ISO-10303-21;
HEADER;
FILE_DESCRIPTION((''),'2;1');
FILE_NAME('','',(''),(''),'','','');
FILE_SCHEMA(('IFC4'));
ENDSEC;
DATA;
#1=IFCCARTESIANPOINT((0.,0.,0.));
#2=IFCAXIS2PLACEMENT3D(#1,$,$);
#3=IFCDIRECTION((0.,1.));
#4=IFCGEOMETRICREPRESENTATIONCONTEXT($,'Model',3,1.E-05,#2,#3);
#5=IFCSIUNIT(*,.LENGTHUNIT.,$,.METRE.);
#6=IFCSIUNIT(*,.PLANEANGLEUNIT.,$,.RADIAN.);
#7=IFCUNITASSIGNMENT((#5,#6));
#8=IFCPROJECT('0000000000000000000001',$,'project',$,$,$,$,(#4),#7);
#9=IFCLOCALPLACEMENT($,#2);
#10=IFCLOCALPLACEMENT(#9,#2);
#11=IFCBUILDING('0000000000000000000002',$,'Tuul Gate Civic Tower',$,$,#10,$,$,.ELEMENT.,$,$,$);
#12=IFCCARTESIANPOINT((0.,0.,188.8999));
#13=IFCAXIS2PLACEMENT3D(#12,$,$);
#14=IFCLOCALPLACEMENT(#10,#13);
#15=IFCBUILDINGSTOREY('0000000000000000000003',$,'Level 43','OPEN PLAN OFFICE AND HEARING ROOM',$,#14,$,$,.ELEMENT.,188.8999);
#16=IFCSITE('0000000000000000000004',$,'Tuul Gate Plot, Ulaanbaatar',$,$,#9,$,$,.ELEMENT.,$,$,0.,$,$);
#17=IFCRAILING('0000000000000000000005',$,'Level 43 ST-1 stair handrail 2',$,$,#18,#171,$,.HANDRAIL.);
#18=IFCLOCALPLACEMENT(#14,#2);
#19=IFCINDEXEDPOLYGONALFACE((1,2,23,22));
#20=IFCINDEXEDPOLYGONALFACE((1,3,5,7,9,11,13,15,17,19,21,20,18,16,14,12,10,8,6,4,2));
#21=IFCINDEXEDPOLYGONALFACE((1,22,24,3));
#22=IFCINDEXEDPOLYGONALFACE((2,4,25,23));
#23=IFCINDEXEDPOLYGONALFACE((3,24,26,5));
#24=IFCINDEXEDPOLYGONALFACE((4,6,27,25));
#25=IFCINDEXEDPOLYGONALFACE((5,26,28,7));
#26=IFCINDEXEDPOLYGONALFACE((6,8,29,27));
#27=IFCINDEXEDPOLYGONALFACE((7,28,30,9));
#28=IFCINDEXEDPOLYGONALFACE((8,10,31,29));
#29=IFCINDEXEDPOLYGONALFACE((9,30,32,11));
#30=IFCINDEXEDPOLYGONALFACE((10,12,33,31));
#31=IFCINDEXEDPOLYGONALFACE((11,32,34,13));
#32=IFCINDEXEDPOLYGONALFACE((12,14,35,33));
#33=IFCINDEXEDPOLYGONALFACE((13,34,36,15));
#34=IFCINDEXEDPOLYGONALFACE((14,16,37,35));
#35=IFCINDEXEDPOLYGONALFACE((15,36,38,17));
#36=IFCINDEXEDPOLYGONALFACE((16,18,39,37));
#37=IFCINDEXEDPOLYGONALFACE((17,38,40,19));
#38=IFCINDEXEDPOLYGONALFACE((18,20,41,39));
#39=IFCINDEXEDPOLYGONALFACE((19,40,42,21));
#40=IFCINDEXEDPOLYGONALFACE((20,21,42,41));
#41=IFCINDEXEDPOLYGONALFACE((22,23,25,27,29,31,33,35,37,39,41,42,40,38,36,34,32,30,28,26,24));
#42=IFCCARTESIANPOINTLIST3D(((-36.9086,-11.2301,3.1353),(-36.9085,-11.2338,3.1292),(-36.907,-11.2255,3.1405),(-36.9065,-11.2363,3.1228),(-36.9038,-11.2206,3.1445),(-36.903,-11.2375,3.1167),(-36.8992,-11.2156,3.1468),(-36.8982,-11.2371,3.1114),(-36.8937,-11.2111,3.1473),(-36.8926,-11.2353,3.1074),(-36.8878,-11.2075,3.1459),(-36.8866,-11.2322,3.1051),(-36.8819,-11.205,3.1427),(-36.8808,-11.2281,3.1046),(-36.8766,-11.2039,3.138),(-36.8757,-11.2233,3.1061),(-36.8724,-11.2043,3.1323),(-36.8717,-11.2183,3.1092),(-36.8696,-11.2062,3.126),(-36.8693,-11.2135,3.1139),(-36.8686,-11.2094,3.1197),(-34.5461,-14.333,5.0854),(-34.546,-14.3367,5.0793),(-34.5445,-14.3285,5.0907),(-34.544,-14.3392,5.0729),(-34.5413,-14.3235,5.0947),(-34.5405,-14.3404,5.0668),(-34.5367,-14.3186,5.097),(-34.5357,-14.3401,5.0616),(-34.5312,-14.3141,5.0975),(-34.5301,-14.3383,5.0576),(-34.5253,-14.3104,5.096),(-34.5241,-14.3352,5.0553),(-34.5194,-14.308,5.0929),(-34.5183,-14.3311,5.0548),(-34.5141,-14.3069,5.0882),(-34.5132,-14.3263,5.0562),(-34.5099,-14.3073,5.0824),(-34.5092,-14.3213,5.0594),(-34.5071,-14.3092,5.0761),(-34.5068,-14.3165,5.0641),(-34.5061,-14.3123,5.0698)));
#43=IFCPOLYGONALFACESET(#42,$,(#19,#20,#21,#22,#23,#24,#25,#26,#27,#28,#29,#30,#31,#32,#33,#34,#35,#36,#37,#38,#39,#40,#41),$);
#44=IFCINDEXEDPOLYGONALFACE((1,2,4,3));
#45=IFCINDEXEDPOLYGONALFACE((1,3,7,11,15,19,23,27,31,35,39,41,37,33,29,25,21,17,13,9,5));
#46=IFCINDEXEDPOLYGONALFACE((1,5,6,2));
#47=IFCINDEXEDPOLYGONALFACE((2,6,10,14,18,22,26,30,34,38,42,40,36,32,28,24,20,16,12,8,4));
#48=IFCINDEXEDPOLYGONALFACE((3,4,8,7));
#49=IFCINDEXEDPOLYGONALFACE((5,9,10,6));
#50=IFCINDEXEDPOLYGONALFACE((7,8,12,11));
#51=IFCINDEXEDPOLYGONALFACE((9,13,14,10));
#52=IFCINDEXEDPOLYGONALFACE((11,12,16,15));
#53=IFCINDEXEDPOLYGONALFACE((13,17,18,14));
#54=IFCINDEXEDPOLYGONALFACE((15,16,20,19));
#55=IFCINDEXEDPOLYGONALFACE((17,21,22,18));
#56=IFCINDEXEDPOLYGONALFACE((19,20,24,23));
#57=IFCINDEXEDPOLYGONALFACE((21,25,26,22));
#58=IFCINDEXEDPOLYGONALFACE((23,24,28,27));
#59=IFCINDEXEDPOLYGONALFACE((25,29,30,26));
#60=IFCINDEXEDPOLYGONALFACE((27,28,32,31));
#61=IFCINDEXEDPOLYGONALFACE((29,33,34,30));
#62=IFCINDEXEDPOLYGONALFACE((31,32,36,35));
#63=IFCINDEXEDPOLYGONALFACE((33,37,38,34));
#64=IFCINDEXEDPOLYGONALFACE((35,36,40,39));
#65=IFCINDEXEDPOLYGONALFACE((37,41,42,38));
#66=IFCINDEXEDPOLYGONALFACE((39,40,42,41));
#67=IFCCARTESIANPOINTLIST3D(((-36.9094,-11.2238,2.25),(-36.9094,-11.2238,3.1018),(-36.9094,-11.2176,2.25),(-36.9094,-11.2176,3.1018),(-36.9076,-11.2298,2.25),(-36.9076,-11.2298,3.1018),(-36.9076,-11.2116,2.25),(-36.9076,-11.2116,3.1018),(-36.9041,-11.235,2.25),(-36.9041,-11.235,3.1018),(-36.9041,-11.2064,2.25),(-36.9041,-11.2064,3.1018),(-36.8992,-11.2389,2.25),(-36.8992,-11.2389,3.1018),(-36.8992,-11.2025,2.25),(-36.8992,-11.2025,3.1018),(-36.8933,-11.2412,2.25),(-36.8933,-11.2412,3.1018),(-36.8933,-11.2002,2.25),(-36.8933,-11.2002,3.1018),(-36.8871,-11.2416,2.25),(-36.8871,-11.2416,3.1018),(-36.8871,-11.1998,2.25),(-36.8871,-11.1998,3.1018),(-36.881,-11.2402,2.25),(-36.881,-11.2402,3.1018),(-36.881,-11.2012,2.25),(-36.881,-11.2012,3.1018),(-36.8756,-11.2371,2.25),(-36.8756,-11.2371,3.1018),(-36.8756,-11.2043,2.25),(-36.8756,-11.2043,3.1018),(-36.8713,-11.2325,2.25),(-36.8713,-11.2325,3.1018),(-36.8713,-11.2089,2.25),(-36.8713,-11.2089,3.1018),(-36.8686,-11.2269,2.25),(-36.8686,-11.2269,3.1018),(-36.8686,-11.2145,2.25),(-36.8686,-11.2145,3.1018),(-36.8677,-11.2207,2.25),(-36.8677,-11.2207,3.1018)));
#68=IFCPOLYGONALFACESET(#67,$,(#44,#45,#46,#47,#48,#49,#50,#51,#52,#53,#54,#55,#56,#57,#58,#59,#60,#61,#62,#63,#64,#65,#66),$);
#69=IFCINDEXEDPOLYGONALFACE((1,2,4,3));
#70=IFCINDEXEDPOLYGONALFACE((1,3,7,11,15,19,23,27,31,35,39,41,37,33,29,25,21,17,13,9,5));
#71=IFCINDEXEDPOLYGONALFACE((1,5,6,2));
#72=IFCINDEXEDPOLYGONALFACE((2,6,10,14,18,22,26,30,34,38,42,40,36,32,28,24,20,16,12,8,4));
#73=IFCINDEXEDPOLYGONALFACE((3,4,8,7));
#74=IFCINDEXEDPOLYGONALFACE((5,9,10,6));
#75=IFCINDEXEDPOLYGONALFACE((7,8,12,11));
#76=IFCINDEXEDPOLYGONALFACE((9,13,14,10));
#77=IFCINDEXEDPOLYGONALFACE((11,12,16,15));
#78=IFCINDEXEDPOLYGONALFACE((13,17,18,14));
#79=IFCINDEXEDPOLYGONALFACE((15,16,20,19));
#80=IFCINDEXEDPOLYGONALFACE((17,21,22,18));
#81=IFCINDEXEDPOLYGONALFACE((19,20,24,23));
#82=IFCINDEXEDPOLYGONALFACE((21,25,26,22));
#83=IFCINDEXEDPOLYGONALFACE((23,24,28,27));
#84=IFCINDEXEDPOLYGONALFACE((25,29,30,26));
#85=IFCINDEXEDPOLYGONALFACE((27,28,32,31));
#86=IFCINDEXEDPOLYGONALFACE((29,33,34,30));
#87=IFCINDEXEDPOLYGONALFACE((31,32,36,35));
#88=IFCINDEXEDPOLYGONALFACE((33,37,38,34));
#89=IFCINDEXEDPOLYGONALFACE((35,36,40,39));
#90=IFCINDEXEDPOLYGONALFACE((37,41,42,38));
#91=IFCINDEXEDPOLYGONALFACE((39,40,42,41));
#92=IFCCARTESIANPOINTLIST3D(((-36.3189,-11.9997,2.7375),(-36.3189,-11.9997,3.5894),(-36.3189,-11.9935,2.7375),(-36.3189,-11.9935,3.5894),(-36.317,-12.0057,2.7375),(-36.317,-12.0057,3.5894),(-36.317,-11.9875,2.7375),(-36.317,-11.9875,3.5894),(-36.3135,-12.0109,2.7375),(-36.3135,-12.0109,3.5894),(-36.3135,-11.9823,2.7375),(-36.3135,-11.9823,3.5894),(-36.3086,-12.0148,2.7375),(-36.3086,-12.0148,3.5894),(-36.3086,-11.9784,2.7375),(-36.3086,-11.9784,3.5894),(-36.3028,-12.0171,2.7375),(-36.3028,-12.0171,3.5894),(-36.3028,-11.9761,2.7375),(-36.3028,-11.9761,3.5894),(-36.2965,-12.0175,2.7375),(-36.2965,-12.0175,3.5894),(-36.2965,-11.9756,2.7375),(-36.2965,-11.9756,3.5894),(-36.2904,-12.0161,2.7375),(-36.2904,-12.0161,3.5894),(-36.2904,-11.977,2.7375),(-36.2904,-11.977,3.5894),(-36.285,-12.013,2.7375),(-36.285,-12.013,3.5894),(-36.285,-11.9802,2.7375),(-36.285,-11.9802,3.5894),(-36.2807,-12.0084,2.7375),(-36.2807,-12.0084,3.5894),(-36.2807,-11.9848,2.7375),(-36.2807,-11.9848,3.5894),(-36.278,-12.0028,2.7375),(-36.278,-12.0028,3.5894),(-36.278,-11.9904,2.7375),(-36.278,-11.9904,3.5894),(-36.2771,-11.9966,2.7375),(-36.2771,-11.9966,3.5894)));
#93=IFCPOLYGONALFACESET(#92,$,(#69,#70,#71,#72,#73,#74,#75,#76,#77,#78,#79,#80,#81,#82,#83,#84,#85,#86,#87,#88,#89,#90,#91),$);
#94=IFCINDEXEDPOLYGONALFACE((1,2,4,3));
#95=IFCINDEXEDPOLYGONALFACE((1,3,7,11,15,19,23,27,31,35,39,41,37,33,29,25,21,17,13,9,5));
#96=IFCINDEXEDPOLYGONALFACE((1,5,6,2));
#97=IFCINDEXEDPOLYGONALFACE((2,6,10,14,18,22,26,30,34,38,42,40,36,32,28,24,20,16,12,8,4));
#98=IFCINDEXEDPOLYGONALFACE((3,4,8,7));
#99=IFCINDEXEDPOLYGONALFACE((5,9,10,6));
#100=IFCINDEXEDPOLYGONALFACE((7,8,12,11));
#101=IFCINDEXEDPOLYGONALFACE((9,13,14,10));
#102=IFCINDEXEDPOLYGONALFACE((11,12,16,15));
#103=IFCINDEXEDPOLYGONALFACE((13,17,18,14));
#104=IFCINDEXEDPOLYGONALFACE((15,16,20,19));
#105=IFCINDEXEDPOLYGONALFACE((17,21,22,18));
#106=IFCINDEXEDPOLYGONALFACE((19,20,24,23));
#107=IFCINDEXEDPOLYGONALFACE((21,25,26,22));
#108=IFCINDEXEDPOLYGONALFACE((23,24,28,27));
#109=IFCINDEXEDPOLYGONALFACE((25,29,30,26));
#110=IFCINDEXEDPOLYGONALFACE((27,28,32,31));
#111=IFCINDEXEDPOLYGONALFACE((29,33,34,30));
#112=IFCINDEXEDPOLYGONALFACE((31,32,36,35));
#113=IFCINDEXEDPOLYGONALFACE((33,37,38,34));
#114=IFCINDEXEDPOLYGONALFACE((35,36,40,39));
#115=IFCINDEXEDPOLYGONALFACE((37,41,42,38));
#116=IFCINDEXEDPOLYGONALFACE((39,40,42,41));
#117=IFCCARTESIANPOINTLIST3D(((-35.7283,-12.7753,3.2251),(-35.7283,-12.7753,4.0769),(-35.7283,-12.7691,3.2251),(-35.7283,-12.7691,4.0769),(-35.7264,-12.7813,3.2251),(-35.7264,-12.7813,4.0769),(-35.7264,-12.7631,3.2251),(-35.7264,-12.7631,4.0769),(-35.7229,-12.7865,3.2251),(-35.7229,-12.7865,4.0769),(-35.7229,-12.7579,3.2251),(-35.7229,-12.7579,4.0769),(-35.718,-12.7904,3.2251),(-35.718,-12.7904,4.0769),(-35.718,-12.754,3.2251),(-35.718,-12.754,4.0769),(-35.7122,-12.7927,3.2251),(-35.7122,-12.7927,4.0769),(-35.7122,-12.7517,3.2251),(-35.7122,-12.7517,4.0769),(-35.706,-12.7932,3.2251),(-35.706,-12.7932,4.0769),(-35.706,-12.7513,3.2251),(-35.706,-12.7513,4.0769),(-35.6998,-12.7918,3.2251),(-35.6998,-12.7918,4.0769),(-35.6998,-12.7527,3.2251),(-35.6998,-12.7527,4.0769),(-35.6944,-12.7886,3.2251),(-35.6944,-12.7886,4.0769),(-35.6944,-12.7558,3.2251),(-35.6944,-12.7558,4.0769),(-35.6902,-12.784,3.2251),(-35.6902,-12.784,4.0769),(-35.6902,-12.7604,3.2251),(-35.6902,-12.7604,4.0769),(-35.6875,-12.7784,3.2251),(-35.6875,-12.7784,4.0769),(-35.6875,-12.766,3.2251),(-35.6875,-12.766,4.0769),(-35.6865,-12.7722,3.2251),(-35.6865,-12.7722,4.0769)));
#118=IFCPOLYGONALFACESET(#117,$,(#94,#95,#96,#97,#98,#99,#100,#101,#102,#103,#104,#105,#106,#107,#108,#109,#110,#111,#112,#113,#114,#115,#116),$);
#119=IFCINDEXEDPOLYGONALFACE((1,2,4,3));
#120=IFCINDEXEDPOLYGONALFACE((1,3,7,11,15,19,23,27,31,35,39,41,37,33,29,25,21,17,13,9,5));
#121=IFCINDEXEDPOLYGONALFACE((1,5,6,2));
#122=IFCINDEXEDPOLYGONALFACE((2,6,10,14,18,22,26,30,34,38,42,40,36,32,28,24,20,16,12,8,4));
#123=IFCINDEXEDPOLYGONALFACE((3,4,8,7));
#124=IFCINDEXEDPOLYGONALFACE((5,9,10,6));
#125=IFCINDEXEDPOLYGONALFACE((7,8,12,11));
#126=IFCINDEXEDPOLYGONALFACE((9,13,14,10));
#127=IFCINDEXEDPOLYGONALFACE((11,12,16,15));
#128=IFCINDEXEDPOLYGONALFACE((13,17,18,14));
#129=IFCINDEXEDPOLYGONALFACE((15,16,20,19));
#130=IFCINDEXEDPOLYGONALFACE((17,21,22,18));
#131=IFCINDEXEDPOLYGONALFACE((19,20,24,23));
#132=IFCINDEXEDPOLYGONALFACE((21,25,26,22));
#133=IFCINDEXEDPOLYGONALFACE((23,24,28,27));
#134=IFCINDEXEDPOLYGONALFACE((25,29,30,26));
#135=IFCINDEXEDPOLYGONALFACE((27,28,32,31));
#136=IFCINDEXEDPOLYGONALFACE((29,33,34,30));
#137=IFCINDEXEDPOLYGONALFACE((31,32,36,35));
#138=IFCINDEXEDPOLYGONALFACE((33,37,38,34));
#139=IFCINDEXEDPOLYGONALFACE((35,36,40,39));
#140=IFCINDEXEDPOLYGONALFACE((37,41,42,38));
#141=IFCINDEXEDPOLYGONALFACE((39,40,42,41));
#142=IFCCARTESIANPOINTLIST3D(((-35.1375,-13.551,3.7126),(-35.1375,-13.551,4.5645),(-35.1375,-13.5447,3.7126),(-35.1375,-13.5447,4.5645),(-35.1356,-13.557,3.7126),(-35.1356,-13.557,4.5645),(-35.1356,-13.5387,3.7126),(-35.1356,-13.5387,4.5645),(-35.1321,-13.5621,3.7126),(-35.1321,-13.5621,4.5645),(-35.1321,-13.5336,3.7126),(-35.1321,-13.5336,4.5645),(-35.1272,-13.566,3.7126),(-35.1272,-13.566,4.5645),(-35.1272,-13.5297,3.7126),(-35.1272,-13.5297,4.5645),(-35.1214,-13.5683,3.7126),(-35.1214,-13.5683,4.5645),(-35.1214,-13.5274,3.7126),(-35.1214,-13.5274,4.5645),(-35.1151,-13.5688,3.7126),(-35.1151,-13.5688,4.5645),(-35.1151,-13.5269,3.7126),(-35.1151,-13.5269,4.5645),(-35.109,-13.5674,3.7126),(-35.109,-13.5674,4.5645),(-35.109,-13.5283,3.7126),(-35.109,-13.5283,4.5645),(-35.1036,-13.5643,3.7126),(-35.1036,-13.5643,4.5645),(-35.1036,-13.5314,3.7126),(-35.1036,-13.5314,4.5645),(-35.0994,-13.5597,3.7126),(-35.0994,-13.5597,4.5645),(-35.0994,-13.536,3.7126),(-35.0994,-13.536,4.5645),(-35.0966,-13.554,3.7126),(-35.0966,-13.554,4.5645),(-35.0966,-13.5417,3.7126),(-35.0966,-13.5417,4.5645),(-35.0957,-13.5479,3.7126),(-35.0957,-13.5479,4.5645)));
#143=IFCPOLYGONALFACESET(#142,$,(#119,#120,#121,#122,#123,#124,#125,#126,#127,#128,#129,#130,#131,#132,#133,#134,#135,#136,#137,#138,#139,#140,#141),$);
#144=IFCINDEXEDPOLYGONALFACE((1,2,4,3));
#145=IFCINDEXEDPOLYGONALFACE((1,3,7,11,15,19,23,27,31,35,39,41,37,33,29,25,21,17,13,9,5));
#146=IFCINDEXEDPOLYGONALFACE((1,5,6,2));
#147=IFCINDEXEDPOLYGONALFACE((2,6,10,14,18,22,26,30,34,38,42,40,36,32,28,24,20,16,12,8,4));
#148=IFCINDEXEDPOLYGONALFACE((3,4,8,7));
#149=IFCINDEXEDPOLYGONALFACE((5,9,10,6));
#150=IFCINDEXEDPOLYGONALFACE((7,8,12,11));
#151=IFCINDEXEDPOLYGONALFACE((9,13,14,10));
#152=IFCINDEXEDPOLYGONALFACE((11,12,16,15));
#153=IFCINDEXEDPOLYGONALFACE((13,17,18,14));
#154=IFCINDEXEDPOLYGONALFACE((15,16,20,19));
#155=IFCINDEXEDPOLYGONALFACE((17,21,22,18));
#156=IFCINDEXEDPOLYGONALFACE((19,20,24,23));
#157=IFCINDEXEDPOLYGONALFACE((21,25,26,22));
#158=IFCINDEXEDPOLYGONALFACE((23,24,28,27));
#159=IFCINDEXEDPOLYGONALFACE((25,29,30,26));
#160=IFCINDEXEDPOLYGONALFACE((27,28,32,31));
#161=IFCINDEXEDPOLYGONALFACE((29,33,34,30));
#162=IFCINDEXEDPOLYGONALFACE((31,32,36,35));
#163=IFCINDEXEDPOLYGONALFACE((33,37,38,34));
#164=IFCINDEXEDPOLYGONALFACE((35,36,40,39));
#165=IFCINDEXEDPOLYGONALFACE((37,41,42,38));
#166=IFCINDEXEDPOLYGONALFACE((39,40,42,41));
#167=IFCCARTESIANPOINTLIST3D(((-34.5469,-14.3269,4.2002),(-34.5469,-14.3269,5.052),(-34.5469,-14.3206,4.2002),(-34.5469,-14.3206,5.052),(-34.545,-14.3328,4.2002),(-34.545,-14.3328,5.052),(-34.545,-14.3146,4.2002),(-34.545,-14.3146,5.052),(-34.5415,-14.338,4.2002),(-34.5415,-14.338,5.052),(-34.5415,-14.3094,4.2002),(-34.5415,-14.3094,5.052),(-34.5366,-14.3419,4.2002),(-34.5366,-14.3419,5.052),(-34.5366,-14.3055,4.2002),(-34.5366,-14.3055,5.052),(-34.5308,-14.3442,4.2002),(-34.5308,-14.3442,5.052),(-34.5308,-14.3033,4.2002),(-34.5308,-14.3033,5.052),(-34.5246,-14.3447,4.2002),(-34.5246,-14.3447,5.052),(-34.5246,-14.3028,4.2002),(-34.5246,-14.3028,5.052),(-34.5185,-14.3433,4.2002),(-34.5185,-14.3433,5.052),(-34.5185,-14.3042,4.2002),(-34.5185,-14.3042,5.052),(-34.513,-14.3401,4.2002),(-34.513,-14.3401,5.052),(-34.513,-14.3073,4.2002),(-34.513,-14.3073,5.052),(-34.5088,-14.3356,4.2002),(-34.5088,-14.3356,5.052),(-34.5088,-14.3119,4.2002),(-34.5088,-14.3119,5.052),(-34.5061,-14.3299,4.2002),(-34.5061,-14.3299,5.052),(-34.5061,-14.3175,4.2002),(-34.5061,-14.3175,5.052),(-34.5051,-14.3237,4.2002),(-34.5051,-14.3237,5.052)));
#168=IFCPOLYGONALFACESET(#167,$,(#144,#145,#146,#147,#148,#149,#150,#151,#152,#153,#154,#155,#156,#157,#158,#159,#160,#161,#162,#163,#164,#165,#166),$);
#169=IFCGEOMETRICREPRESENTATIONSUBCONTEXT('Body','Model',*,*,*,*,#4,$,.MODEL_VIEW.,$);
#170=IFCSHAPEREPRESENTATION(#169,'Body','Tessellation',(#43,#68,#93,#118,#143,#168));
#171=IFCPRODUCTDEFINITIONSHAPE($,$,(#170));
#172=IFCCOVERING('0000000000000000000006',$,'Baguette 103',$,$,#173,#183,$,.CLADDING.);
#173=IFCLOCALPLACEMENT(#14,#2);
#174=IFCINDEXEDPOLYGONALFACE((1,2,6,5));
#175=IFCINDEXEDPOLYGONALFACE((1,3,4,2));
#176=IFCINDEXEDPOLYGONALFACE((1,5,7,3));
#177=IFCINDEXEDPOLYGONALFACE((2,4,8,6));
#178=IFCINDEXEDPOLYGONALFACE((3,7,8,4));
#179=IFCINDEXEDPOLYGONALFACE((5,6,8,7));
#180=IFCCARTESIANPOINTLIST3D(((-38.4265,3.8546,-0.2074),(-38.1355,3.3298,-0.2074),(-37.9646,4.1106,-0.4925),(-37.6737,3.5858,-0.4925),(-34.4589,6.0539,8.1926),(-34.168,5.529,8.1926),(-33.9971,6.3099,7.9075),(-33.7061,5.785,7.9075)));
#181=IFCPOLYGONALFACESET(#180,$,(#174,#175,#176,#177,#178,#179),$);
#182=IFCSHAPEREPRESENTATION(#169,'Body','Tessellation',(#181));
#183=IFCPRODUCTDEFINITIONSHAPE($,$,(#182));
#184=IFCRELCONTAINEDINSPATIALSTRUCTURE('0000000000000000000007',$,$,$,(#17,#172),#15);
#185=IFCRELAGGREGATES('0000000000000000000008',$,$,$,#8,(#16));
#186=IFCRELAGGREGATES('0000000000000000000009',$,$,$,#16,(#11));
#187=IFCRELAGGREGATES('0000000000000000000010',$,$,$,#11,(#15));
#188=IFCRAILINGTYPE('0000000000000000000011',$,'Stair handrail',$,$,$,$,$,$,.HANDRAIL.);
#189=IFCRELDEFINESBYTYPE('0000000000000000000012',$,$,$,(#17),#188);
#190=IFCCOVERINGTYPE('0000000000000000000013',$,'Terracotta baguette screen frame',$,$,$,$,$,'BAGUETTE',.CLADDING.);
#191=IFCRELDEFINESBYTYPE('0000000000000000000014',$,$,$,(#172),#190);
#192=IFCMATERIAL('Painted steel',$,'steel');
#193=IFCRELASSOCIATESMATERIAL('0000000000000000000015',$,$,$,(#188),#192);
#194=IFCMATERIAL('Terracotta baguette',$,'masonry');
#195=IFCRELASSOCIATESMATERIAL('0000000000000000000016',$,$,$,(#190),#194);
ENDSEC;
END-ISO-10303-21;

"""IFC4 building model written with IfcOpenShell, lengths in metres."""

from ifc_helpers import new_model, si_unit, direction, frame, origin, origin_2d, place, context, subcontext, project, spatial, rectangle, circle, extrude, material, material_profile, profile_set, type_object, element, save


model = new_model("IFC4")

# Units and contexts
model_context = context("Model", 3, precision=1e-05, world=origin(), true_north=direction((0.0, 1.0)))
body_context = subcontext(model_context, "Body", "Model", "MODEL_VIEW")
ifc_project = project(units=[si_unit("LENGTHUNIT", "METRE"), si_unit("PLANEANGLEUNIT", "RADIAN")], contexts=[model_context])

# Site, building, storey
site_placement = place(None, origin())
site = spatial("IfcSite", under=ifc_project, at=site_placement, Name="Tuul Gate Plot, Ulaanbaatar", CompositionType="ELEMENT", RefElevation=0.0)
building_placement = place(site_placement, origin())
building = spatial("IfcBuilding", under=site, at=building_placement, Name="Tuul Gate Civic Tower", CompositionType="ELEMENT")
storey_placement = place(building_placement, frame((0.0, 0.0, 188.8999)))
storey = spatial("IfcBuildingStorey", under=building, at=storey_placement, Name="Level 43", Description="OPEN PLAN OFFICE AND HEARING ROOM", CompositionType="ELEMENT", Elevation=188.8999)

# Railing
ifc_material_1 = material(Name="Painted steel", Category="steel")
railing_type_1 = type_object("IfcRailingType", Name="Stair handrail", PredefinedType="HANDRAIL", material=ifc_material_1)
railing_1_placement = place(storey_placement, frame((-36.8887, -11.2207, 2.25)))
element("IfcRailing", 1, at=railing_1_placement, inside=storey, type_object=railing_type_1, Name="Level 43 ST-1 stair handrail 2", PredefinedType="HANDRAIL", context=body_context, shape_type="SweptSolid", body=[
    extrude(circle(Radius=0.0239, at=origin_2d()), frame((0.0, 0.0, 0.876), z_axis=(0.541811, -0.711627, 0.447245), x_axis=(0.795637, 0.605773, 0.0)), (0.0, 0.0, 1.0), 4.3604),
    extrude(circle(Radius=0.021, at=origin_2d()), origin(), (0.0, 0.0, 1.0), 0.8518),
    extrude(circle(Radius=0.021, at=origin_2d()), frame((0.5906, -0.7759, 0.4875)), (0.0, 0.0, 1.0), 0.8518),
    extrude(circle(Radius=0.021, at=origin_2d()), frame((1.1812, -1.5515, 0.9751)), (0.0, 0.0, 1.0), 0.8518),
    extrude(circle(Radius=0.021, at=origin_2d()), frame((1.772, -2.3271, 1.4626)), (0.0, 0.0, 1.0), 0.8518),
    extrude(circle(Radius=0.021, at=origin_2d()), frame((2.3625, -3.103, 1.9502)), (0.0, 0.0, 1.0), 0.8518),
])

# Covering
ifc_material_2 = material(Name="Terracotta baguette", Category="masonry")
ifc_material_profile_1 = material_profile(ifc_material_2, rectangle(XDim=0.6001, YDim=0.6001, at=origin_2d()), Name="Terracotta baguette screen frame")
ifc_profile_set_1 = profile_set([ifc_material_profile_1], Name="Terracotta baguette")
covering_type = type_object("IfcCoveringType", Name="Terracotta baguette screen frame", ElementType="BAGUETTE", PredefinedType="CLADDING", material=ifc_profile_set_1)
covering_placement = place(storey_placement, frame((-34.0825, 5.9194, 8.05), z_axis=(-0.415599, -0.230368, -0.879891), x_axis=(0.484806, -0.874621, 0.0)))
element("IfcCovering", 2, at=covering_placement, inside=storey, type_object=covering_type, Name="Baguette 103", PredefinedType="CLADDING", context=body_context, shape_type="SweptSolid", body=[
    extrude(rectangle(XDim=0.6001, YDim=0.6001, at=origin_2d()), origin(), (0.0, 0.0, 1.0), 9.5466),
])

save(model, "model.ifc")
